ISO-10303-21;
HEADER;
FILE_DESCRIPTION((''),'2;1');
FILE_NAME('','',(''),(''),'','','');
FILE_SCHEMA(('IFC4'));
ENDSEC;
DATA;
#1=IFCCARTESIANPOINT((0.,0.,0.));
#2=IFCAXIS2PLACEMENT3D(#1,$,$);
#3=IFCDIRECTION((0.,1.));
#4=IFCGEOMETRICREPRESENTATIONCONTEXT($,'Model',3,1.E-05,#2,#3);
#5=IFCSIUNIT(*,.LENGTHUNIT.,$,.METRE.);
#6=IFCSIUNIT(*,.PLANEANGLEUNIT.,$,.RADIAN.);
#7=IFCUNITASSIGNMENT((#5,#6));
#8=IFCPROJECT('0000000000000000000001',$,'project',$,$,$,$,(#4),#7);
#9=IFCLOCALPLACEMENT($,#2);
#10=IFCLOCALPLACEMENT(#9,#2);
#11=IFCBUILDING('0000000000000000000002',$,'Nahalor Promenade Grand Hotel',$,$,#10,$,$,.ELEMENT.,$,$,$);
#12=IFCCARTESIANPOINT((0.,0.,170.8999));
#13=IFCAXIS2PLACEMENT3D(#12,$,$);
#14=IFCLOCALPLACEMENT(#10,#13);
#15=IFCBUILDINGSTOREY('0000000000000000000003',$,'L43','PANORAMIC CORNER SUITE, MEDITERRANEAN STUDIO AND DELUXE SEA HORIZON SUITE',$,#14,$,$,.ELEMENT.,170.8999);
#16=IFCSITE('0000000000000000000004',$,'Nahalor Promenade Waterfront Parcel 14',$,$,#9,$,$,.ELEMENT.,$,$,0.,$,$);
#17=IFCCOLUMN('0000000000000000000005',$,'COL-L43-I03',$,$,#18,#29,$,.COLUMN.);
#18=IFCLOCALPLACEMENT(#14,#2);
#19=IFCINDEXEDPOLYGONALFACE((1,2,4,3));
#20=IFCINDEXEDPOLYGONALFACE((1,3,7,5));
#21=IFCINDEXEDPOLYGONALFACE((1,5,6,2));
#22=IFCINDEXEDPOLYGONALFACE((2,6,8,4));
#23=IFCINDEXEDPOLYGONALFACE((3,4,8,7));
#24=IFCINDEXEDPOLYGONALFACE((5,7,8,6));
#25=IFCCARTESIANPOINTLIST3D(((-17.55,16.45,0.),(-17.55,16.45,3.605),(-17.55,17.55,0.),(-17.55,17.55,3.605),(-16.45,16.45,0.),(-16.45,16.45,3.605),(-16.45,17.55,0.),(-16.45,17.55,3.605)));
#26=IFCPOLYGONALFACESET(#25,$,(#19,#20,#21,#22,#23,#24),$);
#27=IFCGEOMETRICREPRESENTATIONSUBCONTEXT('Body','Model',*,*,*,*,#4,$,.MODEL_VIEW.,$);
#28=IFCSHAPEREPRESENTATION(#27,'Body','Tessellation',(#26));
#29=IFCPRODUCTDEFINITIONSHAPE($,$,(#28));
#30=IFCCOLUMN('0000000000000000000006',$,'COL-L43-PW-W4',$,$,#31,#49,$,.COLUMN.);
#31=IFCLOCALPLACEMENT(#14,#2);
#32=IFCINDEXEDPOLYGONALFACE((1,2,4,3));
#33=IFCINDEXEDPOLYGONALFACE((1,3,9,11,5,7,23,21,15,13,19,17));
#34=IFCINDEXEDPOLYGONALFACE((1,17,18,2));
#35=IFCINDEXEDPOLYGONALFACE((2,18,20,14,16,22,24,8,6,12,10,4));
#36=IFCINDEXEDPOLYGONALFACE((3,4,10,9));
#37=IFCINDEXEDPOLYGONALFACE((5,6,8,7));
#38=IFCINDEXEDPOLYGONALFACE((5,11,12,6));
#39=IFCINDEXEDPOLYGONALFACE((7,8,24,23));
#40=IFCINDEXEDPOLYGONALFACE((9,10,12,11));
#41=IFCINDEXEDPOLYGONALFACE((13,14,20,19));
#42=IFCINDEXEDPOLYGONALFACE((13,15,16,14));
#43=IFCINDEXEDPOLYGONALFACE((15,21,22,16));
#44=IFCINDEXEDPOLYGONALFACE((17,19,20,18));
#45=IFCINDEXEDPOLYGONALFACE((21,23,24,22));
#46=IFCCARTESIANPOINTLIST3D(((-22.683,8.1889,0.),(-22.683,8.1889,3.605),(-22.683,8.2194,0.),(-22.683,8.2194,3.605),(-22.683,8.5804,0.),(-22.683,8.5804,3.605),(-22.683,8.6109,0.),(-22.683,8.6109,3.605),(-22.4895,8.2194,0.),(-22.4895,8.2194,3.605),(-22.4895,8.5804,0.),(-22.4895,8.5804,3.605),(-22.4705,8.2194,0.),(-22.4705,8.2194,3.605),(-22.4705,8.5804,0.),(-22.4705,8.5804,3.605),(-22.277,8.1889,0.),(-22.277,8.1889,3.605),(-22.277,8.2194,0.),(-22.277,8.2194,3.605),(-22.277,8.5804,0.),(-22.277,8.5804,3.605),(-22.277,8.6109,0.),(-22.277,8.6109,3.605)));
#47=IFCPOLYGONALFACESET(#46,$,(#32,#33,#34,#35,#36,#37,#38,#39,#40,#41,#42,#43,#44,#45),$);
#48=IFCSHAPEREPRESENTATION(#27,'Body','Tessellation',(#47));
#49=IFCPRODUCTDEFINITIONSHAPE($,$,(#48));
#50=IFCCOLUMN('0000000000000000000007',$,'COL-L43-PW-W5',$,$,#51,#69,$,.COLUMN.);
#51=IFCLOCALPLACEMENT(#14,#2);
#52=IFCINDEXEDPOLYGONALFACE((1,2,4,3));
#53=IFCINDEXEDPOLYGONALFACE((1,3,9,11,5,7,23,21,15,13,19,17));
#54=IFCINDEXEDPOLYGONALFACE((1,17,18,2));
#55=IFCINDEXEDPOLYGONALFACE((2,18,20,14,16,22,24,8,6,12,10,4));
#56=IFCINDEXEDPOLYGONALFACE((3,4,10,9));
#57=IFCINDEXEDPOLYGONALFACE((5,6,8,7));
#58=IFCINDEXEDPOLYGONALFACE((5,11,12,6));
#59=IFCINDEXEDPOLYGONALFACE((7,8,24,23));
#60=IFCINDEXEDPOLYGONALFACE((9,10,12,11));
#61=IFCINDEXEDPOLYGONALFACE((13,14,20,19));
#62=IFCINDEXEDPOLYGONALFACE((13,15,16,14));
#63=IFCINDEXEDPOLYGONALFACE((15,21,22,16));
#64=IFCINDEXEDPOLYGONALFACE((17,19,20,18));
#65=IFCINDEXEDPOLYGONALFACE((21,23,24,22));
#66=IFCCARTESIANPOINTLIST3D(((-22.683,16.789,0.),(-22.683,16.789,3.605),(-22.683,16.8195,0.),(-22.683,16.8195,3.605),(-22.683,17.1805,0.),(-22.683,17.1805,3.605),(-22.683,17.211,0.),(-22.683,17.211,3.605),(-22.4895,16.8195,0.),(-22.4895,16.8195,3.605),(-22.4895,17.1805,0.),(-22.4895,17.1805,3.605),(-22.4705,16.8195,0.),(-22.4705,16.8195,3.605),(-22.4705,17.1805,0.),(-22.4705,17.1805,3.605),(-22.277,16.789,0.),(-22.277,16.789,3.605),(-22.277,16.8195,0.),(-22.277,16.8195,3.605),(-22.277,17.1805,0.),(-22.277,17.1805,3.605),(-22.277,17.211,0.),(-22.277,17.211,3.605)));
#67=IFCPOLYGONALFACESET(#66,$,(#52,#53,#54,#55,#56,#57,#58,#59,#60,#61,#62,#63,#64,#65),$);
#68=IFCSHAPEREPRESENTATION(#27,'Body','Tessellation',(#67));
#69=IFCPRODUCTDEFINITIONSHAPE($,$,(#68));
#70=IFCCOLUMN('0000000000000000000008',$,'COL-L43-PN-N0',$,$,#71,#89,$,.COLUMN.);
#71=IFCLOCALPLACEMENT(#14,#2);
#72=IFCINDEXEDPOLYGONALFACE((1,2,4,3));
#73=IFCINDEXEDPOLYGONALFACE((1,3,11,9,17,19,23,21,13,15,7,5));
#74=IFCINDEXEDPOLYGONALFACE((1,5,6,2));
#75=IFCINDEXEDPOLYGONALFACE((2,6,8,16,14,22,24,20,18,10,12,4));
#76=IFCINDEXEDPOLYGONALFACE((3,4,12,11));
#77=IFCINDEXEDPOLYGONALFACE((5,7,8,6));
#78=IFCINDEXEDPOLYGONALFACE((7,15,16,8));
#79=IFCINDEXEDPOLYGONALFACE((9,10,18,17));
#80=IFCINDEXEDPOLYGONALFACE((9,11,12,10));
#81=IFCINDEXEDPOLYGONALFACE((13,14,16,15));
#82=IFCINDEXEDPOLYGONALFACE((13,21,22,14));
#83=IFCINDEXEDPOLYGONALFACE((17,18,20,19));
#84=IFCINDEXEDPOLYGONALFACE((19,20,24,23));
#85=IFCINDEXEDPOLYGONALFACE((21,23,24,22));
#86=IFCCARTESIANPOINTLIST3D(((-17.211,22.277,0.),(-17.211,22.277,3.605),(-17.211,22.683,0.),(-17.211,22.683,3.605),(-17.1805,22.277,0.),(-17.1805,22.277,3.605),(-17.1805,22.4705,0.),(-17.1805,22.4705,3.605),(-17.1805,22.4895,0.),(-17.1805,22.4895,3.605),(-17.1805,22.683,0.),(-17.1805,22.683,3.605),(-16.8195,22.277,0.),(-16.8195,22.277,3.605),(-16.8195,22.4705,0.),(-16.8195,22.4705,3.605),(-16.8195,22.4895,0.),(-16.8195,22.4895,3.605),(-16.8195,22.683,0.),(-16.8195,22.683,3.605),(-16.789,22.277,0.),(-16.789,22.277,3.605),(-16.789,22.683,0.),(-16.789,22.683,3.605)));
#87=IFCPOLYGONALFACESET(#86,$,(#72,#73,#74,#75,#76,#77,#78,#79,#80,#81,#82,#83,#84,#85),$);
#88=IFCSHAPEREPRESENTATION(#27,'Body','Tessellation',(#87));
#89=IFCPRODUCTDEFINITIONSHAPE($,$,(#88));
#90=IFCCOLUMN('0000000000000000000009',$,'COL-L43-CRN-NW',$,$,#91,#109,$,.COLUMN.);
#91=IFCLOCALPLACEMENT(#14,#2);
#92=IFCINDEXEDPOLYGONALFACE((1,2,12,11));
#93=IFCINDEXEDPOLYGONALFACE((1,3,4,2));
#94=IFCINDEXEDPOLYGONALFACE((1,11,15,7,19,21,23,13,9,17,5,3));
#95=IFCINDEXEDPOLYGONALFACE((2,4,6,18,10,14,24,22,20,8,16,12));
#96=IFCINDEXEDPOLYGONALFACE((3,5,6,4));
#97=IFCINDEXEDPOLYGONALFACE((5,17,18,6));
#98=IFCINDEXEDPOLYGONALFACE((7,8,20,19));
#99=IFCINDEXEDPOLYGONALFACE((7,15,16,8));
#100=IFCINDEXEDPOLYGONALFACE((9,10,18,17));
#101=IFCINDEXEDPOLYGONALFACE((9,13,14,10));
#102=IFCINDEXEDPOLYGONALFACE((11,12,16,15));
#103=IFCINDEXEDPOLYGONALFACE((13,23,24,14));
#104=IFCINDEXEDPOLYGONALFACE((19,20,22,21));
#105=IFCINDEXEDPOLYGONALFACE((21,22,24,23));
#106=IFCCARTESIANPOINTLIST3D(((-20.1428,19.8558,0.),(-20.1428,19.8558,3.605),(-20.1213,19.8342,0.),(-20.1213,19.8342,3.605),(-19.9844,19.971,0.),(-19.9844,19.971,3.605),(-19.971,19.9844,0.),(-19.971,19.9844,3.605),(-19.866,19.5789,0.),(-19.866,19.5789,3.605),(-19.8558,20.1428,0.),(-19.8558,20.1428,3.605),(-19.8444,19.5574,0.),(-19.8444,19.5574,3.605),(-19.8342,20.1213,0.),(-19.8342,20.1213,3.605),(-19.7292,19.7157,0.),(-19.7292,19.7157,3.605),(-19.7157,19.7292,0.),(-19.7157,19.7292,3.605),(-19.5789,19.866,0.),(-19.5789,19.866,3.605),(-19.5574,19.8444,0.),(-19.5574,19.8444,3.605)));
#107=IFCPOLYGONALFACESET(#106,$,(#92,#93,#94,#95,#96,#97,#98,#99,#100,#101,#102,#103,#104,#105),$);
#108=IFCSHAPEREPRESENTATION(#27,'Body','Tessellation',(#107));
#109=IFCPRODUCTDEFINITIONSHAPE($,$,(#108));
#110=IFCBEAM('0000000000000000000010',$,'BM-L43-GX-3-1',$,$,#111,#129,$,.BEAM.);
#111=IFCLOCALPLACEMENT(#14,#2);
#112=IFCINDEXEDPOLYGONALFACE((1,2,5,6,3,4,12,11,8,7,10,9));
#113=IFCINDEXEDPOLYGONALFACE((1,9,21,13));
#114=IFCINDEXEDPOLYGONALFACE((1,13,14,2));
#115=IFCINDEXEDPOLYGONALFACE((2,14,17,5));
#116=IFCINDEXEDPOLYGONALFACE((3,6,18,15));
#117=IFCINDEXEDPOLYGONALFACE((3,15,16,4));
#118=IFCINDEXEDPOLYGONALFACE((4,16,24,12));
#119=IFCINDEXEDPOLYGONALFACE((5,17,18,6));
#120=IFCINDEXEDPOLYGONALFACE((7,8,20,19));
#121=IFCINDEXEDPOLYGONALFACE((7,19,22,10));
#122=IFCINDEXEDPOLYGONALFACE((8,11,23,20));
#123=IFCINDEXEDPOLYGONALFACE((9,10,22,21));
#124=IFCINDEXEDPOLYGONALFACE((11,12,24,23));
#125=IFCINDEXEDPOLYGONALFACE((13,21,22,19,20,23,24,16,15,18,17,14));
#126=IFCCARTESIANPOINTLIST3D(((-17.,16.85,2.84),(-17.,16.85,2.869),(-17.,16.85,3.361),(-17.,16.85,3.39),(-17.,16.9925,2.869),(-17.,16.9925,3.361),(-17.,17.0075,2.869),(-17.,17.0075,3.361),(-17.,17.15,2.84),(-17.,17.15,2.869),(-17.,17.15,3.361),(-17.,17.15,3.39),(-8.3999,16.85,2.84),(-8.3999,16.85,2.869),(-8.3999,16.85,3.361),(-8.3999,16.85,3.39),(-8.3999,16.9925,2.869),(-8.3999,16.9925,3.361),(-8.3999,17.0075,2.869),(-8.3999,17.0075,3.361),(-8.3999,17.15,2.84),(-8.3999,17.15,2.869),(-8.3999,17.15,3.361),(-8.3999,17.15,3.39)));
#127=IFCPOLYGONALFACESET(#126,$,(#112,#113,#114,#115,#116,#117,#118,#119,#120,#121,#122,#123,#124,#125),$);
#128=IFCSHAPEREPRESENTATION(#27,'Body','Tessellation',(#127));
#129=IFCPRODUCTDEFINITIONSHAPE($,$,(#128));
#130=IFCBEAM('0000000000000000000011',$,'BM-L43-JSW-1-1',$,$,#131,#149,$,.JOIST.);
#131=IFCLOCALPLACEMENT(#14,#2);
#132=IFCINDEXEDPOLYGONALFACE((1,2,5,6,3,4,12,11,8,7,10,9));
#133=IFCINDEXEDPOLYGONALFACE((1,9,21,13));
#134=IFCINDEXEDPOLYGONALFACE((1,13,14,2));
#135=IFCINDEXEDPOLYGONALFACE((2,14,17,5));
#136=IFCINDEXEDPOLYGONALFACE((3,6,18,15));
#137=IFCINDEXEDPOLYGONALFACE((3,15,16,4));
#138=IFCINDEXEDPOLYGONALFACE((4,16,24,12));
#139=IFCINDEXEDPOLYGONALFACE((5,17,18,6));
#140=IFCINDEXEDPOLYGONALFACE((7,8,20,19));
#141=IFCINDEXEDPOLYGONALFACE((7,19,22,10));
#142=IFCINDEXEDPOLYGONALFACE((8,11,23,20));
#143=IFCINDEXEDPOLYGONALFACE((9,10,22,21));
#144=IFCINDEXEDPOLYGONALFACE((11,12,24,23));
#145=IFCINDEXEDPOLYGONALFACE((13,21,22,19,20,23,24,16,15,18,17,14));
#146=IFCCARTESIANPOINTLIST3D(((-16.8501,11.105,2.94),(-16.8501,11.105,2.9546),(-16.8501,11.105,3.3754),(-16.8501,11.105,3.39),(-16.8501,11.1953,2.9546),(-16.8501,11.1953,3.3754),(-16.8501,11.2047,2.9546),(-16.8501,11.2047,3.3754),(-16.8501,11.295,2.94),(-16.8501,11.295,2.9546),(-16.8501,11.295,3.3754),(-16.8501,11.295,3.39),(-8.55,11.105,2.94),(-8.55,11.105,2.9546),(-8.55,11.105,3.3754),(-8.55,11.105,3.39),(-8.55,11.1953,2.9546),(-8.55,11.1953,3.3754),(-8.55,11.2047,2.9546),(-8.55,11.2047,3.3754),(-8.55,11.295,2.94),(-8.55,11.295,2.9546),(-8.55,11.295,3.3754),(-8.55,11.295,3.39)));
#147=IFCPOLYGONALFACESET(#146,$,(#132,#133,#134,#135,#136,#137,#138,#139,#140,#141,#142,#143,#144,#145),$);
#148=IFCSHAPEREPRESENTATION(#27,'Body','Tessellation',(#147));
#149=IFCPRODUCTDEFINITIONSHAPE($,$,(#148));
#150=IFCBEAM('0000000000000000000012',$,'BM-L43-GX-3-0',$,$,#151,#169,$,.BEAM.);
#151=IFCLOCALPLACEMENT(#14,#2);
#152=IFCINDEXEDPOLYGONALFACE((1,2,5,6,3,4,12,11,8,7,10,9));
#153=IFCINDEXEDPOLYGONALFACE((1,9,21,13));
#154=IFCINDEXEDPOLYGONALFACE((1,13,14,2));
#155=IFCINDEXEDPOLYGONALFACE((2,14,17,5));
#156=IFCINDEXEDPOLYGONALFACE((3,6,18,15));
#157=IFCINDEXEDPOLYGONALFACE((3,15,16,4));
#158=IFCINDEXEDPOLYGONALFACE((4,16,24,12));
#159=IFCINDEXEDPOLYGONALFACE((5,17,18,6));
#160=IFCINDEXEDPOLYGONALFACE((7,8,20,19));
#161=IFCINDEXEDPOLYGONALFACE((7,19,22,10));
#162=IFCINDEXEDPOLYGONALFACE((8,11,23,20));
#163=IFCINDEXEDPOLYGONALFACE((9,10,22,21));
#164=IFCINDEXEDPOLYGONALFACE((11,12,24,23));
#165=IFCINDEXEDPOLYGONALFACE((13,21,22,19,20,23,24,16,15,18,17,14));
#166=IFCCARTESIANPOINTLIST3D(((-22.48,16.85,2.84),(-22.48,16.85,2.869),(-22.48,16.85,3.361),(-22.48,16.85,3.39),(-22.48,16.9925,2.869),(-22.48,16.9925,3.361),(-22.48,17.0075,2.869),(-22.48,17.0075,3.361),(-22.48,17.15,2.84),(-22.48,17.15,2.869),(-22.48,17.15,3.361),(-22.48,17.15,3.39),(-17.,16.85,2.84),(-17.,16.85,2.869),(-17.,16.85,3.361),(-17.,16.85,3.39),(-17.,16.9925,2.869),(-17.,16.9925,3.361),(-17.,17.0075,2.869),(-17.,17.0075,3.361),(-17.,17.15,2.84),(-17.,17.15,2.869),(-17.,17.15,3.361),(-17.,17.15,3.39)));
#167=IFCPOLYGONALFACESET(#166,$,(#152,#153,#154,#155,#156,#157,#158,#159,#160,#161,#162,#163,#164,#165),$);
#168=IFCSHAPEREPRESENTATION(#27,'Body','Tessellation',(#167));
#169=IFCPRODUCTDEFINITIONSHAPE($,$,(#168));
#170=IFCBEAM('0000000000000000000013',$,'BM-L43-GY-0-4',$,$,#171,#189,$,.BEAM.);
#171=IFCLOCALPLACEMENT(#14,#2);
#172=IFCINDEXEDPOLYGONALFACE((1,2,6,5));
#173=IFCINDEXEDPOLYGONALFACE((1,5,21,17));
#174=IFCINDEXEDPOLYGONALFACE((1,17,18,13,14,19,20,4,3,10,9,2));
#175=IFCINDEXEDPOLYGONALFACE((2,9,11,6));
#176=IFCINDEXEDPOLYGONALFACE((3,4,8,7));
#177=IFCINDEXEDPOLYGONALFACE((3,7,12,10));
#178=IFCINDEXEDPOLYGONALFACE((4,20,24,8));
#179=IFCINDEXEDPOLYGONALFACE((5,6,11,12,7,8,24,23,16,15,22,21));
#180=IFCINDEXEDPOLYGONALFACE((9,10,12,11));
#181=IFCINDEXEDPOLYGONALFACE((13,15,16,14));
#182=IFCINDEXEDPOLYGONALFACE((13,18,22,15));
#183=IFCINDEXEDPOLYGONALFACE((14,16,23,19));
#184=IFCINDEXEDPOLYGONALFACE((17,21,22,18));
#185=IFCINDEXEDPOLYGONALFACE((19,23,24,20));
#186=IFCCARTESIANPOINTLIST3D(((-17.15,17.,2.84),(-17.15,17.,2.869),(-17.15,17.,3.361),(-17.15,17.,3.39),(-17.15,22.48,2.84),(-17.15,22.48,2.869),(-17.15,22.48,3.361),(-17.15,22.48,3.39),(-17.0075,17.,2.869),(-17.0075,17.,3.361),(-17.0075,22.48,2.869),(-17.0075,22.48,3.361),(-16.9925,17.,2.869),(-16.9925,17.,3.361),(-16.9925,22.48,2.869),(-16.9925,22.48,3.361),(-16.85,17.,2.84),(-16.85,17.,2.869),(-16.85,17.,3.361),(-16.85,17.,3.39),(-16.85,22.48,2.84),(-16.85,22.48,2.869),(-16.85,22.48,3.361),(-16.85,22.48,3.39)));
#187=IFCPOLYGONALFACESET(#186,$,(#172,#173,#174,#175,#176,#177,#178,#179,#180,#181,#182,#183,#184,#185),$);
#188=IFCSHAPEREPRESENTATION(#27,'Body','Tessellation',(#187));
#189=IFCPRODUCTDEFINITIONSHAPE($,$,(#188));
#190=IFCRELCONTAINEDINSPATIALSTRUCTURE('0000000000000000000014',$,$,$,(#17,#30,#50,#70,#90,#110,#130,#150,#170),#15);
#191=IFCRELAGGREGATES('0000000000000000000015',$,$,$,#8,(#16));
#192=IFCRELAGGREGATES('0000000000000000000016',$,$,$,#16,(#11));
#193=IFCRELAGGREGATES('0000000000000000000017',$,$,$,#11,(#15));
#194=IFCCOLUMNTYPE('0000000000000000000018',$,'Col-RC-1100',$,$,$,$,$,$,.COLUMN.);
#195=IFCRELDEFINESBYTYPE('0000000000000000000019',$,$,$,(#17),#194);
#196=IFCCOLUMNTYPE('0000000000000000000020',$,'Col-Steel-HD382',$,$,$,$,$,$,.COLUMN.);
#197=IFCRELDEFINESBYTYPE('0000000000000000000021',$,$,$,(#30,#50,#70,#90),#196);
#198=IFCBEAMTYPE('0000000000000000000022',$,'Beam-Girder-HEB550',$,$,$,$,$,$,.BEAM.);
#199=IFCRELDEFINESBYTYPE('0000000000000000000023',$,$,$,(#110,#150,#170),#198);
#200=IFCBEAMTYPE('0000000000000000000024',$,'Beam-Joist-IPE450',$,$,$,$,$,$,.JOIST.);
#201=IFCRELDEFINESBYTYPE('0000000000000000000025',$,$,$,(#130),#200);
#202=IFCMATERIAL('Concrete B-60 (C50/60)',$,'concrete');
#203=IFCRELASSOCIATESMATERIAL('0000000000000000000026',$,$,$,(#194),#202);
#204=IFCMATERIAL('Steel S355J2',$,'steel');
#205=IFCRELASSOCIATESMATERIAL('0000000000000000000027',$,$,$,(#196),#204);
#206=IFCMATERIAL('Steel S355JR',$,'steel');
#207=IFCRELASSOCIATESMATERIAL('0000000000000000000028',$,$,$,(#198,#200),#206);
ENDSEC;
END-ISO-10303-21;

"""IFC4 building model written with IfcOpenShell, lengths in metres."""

from ifc_helpers import new_model, si_unit, direction, frame, origin, origin_2d, place, context, subcontext, project, spatial, rectangle, i_section, extrude, source, transform, mapped, material, material_profile, profile_set, type_object, element, save


model = new_model("IFC4")

# Units and contexts
model_context = context("Model", 3, precision=1e-05, world=origin(), true_north=direction((0.0, 1.0)))
body_context = subcontext(model_context, "Body", "Model", "MODEL_VIEW")
ifc_project = project(units=[si_unit("LENGTHUNIT", "METRE"), si_unit("PLANEANGLEUNIT", "RADIAN")], contexts=[model_context])

# Site, building, storey
site_placement = place(None, origin())
site = spatial("IfcSite", under=ifc_project, at=site_placement, Name="Nahalor Promenade Waterfront Parcel 14", CompositionType="ELEMENT", RefElevation=0.0)
building_placement = place(site_placement, origin())
building = spatial("IfcBuilding", under=site, at=building_placement, Name="Nahalor Promenade Grand Hotel", CompositionType="ELEMENT")
storey_placement = place(building_placement, frame((0.0, 0.0, 170.8999)))
storey = spatial("IfcBuildingStorey", under=building, at=storey_placement, Name="L43", Description="PANORAMIC CORNER SUITE, MEDITERRANEAN STUDIO AND DELUXE SEA HORIZON SUITE", CompositionType="ELEMENT", Elevation=170.8999)

# Columns
ifc_material_1 = material(Name="Concrete B-60 (C50/60)", Category="concrete")
ifc_material_profile_1 = material_profile(ifc_material_1, rectangle(XDim=1.1, YDim=1.1, at=origin_2d()), Name="RC 1100x1100")
ifc_profile_set_1 = profile_set([ifc_material_profile_1], Name="Concrete B-60 (C50/60)")
column_type_1 = type_object("IfcColumnType", Name="Col-RC-1100", PredefinedType="COLUMN", material=ifc_profile_set_1)
shared_shape_1 = source(origin(), body_context, "Body", "SweptSolid", [
    extrude(rectangle(XDim=1.1, YDim=1.1, at=origin_2d()), origin(), (0.0, 0.0, 1.0), 3.605),
])
column_placement = place(storey_placement, frame((-17.0, 17.0, 0.0), z_axis=(0.0, 0.0, 1.0), x_axis=(1.0, 0.0, 0.0)))
element("IfcColumn", 1, at=column_placement, inside=storey, type_object=column_type_1, Name="COL-L43-I03", PredefinedType="COLUMN", context=body_context, shape_type="MappedRepresentation", body=[
    mapped(shared_shape_1, transform((0.0, 0.0, 0.0), scale=1.0)),
])
ifc_material_2 = material(Name="Steel S355J2", Category="steel")
ifc_material_profile_2 = material_profile(ifc_material_2, i_section(OverallWidth=0.406, OverallDepth=0.422, WebThickness=0.019, FlangeThickness=0.0305, at=origin_2d()), Name="HD 400x382")
ifc_profile_set_2 = profile_set([ifc_material_profile_2], Name="Steel S355J2")
column_type_2 = type_object("IfcColumnType", Name="Col-Steel-HD382", PredefinedType="COLUMN", material=ifc_profile_set_2)
shared_shape_2 = source(origin(), body_context, "Body", "SweptSolid", [
    extrude(i_section(OverallWidth=0.406, OverallDepth=0.422, WebThickness=0.019, FlangeThickness=0.0305, at=origin_2d()), origin(), (0.0, 0.0, 1.0), 3.605),
])
for number, where, z_axis, x_axis, name in (
    (2, (-22.48, 8.3999, 0.0), (0.0, 0.0, 1.0), (1.0, 0.0, 0.0), "COL-L43-PW-W4"),
    (3, (-22.48, 17.0, 0.0), (0.0, 0.0, 1.0), (1.0, 0.0, 0.0), "COL-L43-PW-W5"),
    (4, (-17.0, 22.48, 0.0), (0.0, 0.0, 1.0), (0.0, 1.0, 0.0), "COL-L43-PN-N0"),
    (5, (-19.8501, 19.8501, 0.0), (0.0, 0.0, 1.0), (0.707107, 0.707107, 0.0), "COL-L43-CRN-NW"),
):
    element("IfcColumn", number, at=place(storey_placement, frame(where, z_axis=z_axis, x_axis=x_axis)), inside=storey, type_object=column_type_2, Name=name, PredefinedType="COLUMN", context=body_context, shape_type="MappedRepresentation", body=[
        mapped(shared_shape_2, transform((0.0, 0.0, 0.0), scale=1.0)),
    ])

# Beams
ifc_material_3 = material(Name="Steel S355JR", Category="steel")
ifc_material_profile_3 = material_profile(ifc_material_3, i_section(OverallWidth=0.3, OverallDepth=0.55, WebThickness=0.015, FlangeThickness=0.029, at=origin_2d()), Name="HEB 550")
ifc_profile_set_3 = profile_set([ifc_material_profile_3], Name="Steel S355JR")
beam_type_1 = type_object("IfcBeamType", Name="Beam-Girder-HEB550", PredefinedType="BEAM", material=ifc_profile_set_3)
shared_shape_3 = source(origin(), body_context, "Body", "SweptSolid", [
    extrude(i_section(OverallWidth=0.3, OverallDepth=0.55, WebThickness=0.015, FlangeThickness=0.029, at=origin_2d()), origin(), (0.0, 0.0, 1.0), 8.6001),
])
beam_1_placement = place(storey_placement, frame((-17.0, 17.0, 3.115), z_axis=(1.0, 0.0, 0.0), x_axis=(0.0, 1.0, 0.0)))
element("IfcBeam", 6, at=beam_1_placement, inside=storey, type_object=beam_type_1, Name="BM-L43-GX-3-1", PredefinedType="BEAM", context=body_context, shape_type="MappedRepresentation", body=[
    mapped(shared_shape_3, transform((0.0, 0.0, 0.0), scale=1.0)),
])
ifc_material_profile_4 = material_profile(ifc_material_3, i_section(OverallWidth=0.19, OverallDepth=0.45, WebThickness=0.0094, FlangeThickness=0.0146, at=origin_2d()), Name="IPE 450")
ifc_profile_set_4 = profile_set([ifc_material_profile_4], Name="Steel S355JR")
beam_type_2 = type_object("IfcBeamType", Name="Beam-Joist-IPE450", PredefinedType="JOIST", material=ifc_profile_set_4)
shared_shape_4 = source(origin(), body_context, "Body", "SweptSolid", [
    extrude(i_section(OverallWidth=0.19, OverallDepth=0.45, WebThickness=0.0094, FlangeThickness=0.0146, at=origin_2d()), origin(), (0.0, 0.0, 1.0), 8.3),
])
beam_2_placement = place(storey_placement, frame((-16.8501, 11.2, 3.165), z_axis=(1.0, 0.0, 0.0), x_axis=(0.0, 1.0, 0.0)))
element("IfcBeam", 7, at=beam_2_placement, inside=storey, type_object=beam_type_2, Name="BM-L43-JSW-1-1", PredefinedType="JOIST", context=body_context, shape_type="MappedRepresentation", body=[
    mapped(shared_shape_4, transform((0.0, 0.0, 0.0), scale=1.0)),
])
shared_shape_5 = source(origin(), body_context, "Body", "SweptSolid", [
    extrude(i_section(OverallWidth=0.3, OverallDepth=0.55, WebThickness=0.015, FlangeThickness=0.029, at=origin_2d()), origin(), (0.0, 0.0, 1.0), 5.48),
])
for number, where, z_axis, x_axis, name in (
    (8, (-22.48, 17.0, 3.115), (1.0, 0.0, 0.0), (0.0, 1.0, 0.0), "BM-L43-GX-3-0"),
    (9, (-17.0, 17.0, 3.115), (0.0, 1.0, 0.0), (-1.0, 0.0, 0.0), "BM-L43-GY-0-4"),
):
    element("IfcBeam", number, at=place(storey_placement, frame(where, z_axis=z_axis, x_axis=x_axis)), inside=storey, type_object=beam_type_1, Name=name, PredefinedType="BEAM", context=body_context, shape_type="MappedRepresentation", body=[
        mapped(shared_shape_5, transform((0.0, 0.0, 0.0), scale=1.0)),
    ])

save(model, "model.ifc")
